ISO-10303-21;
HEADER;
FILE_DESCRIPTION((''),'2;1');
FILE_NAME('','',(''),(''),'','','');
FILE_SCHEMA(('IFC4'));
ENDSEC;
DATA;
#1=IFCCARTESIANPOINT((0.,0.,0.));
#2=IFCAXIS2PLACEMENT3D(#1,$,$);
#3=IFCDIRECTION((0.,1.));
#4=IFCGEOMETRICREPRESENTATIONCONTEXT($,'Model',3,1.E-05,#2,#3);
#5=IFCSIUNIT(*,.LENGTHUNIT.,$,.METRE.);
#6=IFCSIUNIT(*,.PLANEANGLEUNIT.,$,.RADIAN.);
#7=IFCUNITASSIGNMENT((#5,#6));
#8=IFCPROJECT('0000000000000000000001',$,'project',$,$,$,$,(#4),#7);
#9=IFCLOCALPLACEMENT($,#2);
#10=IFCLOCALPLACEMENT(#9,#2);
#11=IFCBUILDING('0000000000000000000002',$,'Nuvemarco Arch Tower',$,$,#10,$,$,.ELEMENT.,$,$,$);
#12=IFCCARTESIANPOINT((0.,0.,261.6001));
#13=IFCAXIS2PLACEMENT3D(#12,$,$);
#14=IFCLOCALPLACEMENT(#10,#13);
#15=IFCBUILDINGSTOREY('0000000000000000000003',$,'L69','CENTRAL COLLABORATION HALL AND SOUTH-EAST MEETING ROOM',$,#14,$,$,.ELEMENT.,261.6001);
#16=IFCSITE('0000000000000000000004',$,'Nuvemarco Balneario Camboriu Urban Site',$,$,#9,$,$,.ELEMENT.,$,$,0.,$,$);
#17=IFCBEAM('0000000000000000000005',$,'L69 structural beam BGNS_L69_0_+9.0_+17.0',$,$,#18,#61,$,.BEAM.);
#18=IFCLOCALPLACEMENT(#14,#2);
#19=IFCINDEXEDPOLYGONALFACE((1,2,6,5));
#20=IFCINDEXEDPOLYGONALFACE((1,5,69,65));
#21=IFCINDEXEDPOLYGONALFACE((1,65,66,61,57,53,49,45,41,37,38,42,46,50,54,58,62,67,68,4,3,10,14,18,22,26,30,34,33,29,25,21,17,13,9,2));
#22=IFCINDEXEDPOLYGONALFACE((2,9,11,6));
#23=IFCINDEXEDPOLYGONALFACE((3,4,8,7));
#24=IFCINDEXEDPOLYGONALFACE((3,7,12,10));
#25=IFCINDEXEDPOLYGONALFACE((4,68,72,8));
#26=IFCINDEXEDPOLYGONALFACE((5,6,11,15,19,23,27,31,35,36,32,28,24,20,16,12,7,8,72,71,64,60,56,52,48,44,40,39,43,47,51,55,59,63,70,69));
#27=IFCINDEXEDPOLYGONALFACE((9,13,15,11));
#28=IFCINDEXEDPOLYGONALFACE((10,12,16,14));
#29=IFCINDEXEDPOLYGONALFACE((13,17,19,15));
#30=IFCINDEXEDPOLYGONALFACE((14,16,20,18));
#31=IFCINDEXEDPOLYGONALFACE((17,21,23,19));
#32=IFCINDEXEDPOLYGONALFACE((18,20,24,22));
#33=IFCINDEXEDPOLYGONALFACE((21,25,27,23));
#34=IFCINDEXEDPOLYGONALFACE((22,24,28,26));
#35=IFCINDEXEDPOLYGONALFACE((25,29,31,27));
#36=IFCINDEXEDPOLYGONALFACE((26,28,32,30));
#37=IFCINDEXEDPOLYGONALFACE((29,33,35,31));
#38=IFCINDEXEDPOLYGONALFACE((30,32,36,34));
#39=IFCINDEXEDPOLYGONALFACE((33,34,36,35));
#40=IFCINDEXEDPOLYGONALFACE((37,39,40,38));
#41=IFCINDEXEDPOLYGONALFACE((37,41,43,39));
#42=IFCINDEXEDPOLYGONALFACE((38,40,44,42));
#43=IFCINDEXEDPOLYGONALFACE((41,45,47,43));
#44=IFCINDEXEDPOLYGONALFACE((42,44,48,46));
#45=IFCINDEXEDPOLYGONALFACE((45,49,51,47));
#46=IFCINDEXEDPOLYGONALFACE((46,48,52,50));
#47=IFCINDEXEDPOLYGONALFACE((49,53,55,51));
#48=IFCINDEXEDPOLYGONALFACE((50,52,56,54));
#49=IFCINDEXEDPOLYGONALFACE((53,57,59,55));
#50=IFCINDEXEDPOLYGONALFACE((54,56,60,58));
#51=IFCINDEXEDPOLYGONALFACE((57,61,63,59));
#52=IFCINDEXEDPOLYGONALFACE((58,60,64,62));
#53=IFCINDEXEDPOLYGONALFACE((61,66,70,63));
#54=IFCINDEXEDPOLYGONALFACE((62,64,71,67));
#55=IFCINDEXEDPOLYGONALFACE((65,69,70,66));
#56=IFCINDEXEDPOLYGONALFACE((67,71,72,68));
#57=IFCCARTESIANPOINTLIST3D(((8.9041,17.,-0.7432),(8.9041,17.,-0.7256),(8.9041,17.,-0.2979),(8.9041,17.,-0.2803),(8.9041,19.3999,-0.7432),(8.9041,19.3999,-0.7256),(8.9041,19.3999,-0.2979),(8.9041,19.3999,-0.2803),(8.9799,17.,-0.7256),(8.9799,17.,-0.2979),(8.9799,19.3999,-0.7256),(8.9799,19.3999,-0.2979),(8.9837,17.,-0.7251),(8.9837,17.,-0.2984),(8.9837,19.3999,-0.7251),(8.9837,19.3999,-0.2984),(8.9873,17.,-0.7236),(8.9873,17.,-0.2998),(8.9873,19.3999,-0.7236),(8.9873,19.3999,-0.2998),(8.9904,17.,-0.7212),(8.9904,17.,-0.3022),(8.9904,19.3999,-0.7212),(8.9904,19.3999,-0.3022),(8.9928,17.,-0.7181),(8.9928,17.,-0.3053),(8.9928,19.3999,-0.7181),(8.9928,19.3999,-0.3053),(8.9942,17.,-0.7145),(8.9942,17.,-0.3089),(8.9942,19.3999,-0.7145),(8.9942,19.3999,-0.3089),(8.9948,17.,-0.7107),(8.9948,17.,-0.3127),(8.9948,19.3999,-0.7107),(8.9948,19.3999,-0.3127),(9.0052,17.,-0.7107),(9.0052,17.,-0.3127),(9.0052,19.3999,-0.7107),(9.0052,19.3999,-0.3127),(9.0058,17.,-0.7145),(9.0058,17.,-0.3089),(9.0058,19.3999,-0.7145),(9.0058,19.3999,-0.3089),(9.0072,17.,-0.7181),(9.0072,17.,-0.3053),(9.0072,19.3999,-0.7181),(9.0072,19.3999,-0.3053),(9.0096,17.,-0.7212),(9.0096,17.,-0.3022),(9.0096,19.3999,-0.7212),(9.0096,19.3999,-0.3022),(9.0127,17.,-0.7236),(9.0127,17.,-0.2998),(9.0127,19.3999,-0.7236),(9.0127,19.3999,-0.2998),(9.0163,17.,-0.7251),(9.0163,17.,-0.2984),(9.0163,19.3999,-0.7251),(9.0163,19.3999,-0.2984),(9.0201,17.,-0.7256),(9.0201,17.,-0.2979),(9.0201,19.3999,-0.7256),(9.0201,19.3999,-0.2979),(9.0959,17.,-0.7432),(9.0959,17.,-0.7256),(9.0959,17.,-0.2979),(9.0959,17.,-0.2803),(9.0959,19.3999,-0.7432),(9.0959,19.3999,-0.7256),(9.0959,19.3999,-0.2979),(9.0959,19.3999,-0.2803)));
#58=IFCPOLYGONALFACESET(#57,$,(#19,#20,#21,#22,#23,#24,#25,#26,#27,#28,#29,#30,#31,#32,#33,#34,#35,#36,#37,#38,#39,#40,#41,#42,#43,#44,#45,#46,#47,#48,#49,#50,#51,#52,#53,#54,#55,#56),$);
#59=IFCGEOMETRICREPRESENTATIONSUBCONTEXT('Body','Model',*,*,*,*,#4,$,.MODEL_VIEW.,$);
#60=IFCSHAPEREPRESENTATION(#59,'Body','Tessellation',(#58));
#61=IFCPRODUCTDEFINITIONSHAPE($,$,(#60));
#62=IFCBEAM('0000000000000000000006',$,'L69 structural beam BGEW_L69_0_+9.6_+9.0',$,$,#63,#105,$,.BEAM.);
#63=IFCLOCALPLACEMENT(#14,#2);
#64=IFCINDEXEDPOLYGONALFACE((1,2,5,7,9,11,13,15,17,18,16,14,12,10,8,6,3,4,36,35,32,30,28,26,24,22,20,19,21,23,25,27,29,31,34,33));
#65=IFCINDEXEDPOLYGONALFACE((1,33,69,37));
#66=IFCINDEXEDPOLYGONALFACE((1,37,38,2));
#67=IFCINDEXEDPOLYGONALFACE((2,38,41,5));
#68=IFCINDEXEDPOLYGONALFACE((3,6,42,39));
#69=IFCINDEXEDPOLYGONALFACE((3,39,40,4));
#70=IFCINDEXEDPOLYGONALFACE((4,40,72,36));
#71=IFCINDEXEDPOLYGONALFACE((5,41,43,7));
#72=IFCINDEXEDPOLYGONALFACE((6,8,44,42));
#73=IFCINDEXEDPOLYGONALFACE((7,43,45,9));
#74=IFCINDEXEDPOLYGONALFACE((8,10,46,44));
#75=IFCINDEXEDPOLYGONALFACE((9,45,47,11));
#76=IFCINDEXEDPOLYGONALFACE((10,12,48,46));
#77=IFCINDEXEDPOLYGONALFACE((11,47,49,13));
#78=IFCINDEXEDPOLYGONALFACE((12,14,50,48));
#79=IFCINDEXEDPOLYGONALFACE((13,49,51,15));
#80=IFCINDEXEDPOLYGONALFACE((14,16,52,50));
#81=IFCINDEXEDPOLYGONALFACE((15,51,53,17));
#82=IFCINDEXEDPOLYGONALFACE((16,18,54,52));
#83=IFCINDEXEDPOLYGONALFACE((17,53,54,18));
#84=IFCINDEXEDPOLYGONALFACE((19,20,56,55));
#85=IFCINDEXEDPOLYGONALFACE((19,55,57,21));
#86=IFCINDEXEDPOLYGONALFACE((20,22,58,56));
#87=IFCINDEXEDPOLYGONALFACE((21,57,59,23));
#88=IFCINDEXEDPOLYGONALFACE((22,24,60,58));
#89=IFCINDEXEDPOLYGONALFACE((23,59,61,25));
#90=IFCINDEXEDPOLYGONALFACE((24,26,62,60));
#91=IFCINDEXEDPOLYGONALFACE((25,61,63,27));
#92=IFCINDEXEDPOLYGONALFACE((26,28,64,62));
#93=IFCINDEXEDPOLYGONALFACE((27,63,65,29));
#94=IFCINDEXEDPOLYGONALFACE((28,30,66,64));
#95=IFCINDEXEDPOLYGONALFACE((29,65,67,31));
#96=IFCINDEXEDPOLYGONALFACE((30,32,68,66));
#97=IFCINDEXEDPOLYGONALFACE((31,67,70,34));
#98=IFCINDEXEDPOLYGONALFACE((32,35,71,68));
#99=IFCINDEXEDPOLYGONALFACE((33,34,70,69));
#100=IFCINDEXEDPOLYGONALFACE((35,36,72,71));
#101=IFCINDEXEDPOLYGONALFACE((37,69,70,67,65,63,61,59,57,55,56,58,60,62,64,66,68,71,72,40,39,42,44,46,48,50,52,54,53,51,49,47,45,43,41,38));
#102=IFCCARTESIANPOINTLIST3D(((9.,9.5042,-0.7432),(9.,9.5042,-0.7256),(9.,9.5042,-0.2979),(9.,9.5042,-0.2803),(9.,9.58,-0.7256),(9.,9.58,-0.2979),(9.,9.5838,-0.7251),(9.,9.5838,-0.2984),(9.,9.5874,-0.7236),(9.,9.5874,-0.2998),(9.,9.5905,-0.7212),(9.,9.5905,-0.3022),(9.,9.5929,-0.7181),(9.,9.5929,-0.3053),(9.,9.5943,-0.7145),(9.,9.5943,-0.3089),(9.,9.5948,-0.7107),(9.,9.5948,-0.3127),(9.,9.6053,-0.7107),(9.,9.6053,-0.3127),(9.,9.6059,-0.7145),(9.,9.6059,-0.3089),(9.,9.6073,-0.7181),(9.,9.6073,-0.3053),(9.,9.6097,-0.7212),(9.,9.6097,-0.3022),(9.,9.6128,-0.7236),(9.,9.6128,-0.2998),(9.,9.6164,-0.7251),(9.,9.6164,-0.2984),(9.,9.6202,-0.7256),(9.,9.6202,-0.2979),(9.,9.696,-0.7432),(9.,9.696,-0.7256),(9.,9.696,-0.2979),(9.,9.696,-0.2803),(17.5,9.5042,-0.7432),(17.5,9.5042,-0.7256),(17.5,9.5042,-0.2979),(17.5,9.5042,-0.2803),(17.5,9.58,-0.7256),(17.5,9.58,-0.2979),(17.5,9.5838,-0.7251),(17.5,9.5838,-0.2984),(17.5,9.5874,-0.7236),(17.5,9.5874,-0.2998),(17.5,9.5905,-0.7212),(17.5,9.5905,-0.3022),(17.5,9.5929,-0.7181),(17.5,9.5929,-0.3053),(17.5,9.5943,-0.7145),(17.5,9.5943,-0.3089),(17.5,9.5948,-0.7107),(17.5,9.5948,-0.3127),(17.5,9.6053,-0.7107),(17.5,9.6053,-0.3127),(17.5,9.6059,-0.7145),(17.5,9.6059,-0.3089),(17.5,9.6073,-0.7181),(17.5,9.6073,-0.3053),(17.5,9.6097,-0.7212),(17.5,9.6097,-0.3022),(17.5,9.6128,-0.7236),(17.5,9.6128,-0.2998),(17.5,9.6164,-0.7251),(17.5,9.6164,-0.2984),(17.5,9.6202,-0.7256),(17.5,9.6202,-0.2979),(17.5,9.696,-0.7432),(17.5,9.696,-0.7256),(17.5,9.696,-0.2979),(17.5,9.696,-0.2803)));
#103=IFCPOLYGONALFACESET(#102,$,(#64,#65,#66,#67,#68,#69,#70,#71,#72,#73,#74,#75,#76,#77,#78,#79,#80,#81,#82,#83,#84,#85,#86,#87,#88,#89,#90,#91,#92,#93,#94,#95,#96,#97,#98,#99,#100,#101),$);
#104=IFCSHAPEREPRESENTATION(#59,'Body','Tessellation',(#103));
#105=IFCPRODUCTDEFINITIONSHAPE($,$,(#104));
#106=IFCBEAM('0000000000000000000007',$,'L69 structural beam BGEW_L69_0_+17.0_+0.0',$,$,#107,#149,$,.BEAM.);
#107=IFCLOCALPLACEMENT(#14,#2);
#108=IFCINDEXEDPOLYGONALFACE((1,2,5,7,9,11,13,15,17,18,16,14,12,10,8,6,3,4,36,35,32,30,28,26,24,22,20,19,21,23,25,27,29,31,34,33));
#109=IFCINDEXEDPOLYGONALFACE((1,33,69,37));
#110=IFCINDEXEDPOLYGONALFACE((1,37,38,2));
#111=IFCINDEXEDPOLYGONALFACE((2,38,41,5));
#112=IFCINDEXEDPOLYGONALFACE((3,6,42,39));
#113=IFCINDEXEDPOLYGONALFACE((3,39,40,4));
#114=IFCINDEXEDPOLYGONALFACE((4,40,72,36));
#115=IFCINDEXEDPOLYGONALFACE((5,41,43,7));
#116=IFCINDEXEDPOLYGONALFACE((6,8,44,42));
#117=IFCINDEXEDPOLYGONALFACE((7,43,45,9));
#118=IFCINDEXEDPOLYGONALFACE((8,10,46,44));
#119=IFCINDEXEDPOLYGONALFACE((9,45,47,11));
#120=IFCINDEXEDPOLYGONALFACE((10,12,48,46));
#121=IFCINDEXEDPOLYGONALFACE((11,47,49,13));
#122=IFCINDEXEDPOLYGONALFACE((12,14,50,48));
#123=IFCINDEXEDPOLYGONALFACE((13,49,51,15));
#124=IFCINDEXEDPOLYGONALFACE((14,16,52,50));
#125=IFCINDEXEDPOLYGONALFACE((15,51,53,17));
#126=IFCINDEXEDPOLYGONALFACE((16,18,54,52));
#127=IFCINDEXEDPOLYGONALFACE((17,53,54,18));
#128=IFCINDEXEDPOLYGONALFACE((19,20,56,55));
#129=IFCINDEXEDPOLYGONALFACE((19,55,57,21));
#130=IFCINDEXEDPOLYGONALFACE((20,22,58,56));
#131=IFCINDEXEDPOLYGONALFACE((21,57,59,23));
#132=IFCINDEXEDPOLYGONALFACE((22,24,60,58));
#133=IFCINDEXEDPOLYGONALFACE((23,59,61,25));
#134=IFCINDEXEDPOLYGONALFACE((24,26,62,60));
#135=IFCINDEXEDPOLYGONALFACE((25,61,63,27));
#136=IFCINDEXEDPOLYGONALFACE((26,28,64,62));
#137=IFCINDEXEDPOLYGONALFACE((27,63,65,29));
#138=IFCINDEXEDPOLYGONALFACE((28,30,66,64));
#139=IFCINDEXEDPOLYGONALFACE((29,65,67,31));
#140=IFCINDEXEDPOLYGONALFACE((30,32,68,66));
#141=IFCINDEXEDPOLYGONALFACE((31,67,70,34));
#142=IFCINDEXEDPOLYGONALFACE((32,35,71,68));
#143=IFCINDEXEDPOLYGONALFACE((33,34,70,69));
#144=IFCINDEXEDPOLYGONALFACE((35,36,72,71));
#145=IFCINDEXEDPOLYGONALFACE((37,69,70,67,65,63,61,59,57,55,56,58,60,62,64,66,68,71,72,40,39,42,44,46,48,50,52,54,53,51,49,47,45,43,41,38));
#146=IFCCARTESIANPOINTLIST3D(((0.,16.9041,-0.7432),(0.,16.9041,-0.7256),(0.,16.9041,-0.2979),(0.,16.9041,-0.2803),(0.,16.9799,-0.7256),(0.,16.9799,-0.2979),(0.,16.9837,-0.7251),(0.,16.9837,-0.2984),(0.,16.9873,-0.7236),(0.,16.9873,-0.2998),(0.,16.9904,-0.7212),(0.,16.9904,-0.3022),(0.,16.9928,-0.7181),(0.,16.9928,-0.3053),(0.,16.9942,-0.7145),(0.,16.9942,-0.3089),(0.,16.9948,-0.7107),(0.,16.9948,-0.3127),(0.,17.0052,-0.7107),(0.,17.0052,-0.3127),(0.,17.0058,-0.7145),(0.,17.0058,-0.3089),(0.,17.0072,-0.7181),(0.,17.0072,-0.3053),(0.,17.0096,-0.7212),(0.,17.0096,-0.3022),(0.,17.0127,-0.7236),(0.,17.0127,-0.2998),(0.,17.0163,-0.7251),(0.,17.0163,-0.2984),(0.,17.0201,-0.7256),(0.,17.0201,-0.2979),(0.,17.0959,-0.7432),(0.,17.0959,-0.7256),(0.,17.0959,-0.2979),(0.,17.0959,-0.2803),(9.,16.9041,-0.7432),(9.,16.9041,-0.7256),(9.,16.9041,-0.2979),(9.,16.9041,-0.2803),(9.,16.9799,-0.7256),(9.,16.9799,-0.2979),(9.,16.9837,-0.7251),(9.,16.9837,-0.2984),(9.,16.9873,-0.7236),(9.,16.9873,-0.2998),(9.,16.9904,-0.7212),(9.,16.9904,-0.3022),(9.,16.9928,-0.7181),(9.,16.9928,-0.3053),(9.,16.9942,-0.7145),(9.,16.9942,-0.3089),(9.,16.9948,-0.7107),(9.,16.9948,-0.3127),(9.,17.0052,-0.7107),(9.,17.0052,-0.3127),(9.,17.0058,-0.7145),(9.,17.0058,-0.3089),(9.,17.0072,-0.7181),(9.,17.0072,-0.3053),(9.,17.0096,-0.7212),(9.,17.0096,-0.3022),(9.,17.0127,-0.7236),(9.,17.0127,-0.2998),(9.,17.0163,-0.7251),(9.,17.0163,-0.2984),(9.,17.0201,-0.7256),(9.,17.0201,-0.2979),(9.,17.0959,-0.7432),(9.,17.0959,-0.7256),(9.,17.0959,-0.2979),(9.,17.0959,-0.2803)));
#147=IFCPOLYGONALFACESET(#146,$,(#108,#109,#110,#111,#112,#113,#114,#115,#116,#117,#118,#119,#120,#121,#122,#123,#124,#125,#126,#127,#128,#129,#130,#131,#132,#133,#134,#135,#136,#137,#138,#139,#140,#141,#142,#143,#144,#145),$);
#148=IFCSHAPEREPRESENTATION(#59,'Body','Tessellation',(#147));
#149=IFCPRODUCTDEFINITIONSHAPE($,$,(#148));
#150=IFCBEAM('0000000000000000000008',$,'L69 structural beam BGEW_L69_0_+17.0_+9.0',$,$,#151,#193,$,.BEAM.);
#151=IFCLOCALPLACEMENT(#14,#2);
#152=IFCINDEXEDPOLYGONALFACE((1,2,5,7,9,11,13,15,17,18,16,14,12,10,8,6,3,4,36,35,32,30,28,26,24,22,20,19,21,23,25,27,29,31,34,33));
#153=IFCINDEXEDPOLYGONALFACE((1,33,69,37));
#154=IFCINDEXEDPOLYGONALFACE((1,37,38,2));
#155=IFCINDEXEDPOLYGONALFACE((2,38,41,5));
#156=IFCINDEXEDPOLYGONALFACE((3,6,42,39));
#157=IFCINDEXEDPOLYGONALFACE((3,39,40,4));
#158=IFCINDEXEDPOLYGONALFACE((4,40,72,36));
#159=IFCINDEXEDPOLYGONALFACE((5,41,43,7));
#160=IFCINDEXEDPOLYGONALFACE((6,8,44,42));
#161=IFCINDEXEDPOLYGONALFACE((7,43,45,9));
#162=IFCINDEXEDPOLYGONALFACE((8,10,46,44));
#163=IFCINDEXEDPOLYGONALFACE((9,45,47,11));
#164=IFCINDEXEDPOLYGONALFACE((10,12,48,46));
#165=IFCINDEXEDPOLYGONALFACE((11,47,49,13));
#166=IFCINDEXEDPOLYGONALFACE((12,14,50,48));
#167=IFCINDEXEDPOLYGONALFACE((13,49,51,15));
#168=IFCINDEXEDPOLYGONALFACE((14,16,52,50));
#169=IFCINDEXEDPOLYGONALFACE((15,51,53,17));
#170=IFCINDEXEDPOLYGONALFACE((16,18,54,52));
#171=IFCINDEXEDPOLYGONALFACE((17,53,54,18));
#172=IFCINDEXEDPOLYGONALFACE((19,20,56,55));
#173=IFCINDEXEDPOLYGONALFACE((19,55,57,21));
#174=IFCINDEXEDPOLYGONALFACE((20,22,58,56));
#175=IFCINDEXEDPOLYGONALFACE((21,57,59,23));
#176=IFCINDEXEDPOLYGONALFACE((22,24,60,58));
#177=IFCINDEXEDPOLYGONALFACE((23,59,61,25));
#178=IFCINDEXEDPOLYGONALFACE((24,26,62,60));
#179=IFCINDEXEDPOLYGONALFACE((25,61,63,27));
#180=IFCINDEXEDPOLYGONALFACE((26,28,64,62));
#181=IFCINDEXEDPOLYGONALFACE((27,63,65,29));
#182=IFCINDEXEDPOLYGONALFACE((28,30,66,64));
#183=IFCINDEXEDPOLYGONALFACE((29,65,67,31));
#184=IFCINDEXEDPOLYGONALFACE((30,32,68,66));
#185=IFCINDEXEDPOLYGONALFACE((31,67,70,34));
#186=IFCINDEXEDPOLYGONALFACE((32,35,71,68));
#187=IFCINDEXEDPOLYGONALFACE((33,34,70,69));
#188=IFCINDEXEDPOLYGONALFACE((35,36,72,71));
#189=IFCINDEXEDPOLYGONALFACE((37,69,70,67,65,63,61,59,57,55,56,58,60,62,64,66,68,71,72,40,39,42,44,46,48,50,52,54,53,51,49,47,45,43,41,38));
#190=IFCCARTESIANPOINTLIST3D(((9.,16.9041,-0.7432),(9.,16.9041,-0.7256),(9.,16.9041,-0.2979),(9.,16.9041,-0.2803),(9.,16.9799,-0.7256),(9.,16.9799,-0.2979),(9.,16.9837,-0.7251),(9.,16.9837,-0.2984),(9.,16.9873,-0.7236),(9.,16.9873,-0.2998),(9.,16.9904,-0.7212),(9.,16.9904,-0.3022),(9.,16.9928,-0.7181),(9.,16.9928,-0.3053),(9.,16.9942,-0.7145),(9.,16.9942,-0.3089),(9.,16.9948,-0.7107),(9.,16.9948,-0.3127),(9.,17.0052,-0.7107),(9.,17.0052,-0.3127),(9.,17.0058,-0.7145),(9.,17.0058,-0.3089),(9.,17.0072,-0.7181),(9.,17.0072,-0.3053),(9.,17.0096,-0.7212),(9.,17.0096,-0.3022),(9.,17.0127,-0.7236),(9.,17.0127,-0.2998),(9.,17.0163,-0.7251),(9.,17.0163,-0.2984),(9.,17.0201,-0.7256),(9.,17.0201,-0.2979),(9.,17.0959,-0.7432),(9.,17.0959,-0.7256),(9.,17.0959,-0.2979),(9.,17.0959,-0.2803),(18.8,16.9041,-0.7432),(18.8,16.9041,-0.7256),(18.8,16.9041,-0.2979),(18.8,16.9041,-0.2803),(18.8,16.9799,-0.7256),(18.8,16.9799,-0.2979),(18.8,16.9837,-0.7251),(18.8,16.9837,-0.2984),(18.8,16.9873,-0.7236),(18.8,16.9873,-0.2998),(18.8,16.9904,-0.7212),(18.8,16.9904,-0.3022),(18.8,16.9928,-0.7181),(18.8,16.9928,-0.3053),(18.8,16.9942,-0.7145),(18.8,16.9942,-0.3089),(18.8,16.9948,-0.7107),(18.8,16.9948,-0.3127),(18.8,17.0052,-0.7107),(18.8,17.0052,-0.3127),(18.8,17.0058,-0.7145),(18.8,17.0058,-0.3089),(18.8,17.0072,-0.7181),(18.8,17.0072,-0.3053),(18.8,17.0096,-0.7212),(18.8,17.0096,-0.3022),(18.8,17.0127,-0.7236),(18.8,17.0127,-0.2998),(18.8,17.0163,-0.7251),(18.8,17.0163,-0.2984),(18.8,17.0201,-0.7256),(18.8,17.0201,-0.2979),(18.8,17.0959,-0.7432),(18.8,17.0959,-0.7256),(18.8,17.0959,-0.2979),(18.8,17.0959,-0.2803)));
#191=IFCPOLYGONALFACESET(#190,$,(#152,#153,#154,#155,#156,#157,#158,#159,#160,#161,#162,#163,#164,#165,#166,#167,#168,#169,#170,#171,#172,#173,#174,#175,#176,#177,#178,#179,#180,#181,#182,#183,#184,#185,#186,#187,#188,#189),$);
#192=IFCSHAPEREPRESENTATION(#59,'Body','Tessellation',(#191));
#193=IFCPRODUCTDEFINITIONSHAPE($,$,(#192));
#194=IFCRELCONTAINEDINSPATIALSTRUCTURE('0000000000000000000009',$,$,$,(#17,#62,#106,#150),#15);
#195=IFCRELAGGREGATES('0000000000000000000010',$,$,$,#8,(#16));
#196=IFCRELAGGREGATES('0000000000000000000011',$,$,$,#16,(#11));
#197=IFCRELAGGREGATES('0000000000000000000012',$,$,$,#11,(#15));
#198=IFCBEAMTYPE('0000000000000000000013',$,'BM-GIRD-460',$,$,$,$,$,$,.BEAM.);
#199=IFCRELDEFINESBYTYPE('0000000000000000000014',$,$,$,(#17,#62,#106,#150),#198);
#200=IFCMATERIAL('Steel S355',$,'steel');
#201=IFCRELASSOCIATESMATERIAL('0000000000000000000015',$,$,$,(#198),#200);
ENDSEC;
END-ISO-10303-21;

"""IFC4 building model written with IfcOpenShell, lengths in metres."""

from ifc_helpers import new_model, si_unit, direction, frame, origin, origin_2d, place, context, subcontext, project, spatial, i_section, extrude, material, material_profile, profile_set, type_object, element, save


model = new_model("IFC4")

# Units and contexts
model_context = context("Model", 3, precision=1e-05, world=origin(), true_north=direction((0.0, 1.0)))
body_context = subcontext(model_context, "Body", "Model", "MODEL_VIEW")
ifc_project = project(units=[si_unit("LENGTHUNIT", "METRE"), si_unit("PLANEANGLEUNIT", "RADIAN")], contexts=[model_context])

# Site, building, storey
site_placement = place(None, origin())
site = spatial("IfcSite", under=ifc_project, at=site_placement, Name="Nuvemarco Balneario Camboriu Urban Site", CompositionType="ELEMENT", RefElevation=0.0)
building_placement = place(site_placement, origin())
building = spatial("IfcBuilding", under=site, at=building_placement, Name="Nuvemarco Arch Tower", CompositionType="ELEMENT")
storey_placement = place(building_placement, frame((0.0, 0.0, 261.6001)))
storey = spatial("IfcBuildingStorey", under=building, at=storey_placement, Name="L69", Description="CENTRAL COLLABORATION HALL AND SOUTH-EAST MEETING ROOM", CompositionType="ELEMENT", Elevation=261.6001)

# Shared definitions
ifc_material_1 = material(Name="Steel S355", Category="steel")

# Beams
ifc_material_profile_1 = material_profile(ifc_material_1, i_section(OverallWidth=0.1919, OverallDepth=0.4629, WebThickness=0.0105, FlangeThickness=0.0176, FilletRadius=0.0149, at=origin_2d()), Name="W460x89")
ifc_profile_set_1 = profile_set([ifc_material_profile_1], Name="Steel S355")
beam_type_1 = type_object("IfcBeamType", Name="BM-GIRD-460", PredefinedType="BEAM", material=ifc_profile_set_1)
beam_1_placement = place(storey_placement, frame((9.0, 17.0, -0.5117), z_axis=(0.0, 1.0, 0.0), x_axis=(-1.0, 0.0, 0.0)))
element("IfcBeam", 1, at=beam_1_placement, inside=storey, type_object=beam_type_1, Name="L69 structural beam BGNS_L69_0_+9.0_+17.0", PredefinedType="BEAM", context=body_context, shape_type="SweptSolid", body=[
    extrude(i_section(OverallWidth=0.1919, OverallDepth=0.4629, WebThickness=0.0105, FlangeThickness=0.0176, FilletRadius=0.0149, at=origin_2d()), origin(), (0.0, 0.0, 1.0), 2.3999),
])
beam_2_placement = place(storey_placement, frame((9.0, 9.6001, -0.5117), z_axis=(1.0, 0.0, 0.0), x_axis=(0.0, 1.0, 0.0)))
element("IfcBeam", 2, at=beam_2_placement, inside=storey, type_object=beam_type_1, Name="L69 structural beam BGEW_L69_0_+9.6_+9.0", PredefinedType="BEAM", context=body_context, shape_type="SweptSolid", body=[
    extrude(i_section(OverallWidth=0.1919, OverallDepth=0.4629, WebThickness=0.0105, FlangeThickness=0.0176, FilletRadius=0.0149, at=origin_2d()), origin(), (0.0, 0.0, 1.0), 8.5),
])
beam_3_placement = place(storey_placement, frame((0.0, 17.0, -0.5117), z_axis=(1.0, 0.0, 0.0), x_axis=(0.0, 1.0, 0.0)))
element("IfcBeam", 3, at=beam_3_placement, inside=storey, type_object=beam_type_1, Name="L69 structural beam BGEW_L69_0_+17.0_+0.0", PredefinedType="BEAM", context=body_context, shape_type="SweptSolid", body=[
    extrude(i_section(OverallWidth=0.1919, OverallDepth=0.4629, WebThickness=0.0105, FlangeThickness=0.0176, FilletRadius=0.0149, at=origin_2d()), origin(), (0.0, 0.0, 1.0), 9.0),
])
beam_4_placement = place(storey_placement, frame((9.0, 17.0, -0.5117), z_axis=(1.0, 0.0, 0.0), x_axis=(0.0, 1.0, 0.0)))
element("IfcBeam", 4, at=beam_4_placement, inside=storey, type_object=beam_type_1, Name="L69 structural beam BGEW_L69_0_+17.0_+9.0", PredefinedType="BEAM", context=body_context, shape_type="SweptSolid", body=[
    extrude(i_section(OverallWidth=0.1919, OverallDepth=0.4629, WebThickness=0.0105, FlangeThickness=0.0176, FilletRadius=0.0149, at=origin_2d()), origin(), (0.0, 0.0, 1.0), 9.8),
])

save(model, "model.ifc")
